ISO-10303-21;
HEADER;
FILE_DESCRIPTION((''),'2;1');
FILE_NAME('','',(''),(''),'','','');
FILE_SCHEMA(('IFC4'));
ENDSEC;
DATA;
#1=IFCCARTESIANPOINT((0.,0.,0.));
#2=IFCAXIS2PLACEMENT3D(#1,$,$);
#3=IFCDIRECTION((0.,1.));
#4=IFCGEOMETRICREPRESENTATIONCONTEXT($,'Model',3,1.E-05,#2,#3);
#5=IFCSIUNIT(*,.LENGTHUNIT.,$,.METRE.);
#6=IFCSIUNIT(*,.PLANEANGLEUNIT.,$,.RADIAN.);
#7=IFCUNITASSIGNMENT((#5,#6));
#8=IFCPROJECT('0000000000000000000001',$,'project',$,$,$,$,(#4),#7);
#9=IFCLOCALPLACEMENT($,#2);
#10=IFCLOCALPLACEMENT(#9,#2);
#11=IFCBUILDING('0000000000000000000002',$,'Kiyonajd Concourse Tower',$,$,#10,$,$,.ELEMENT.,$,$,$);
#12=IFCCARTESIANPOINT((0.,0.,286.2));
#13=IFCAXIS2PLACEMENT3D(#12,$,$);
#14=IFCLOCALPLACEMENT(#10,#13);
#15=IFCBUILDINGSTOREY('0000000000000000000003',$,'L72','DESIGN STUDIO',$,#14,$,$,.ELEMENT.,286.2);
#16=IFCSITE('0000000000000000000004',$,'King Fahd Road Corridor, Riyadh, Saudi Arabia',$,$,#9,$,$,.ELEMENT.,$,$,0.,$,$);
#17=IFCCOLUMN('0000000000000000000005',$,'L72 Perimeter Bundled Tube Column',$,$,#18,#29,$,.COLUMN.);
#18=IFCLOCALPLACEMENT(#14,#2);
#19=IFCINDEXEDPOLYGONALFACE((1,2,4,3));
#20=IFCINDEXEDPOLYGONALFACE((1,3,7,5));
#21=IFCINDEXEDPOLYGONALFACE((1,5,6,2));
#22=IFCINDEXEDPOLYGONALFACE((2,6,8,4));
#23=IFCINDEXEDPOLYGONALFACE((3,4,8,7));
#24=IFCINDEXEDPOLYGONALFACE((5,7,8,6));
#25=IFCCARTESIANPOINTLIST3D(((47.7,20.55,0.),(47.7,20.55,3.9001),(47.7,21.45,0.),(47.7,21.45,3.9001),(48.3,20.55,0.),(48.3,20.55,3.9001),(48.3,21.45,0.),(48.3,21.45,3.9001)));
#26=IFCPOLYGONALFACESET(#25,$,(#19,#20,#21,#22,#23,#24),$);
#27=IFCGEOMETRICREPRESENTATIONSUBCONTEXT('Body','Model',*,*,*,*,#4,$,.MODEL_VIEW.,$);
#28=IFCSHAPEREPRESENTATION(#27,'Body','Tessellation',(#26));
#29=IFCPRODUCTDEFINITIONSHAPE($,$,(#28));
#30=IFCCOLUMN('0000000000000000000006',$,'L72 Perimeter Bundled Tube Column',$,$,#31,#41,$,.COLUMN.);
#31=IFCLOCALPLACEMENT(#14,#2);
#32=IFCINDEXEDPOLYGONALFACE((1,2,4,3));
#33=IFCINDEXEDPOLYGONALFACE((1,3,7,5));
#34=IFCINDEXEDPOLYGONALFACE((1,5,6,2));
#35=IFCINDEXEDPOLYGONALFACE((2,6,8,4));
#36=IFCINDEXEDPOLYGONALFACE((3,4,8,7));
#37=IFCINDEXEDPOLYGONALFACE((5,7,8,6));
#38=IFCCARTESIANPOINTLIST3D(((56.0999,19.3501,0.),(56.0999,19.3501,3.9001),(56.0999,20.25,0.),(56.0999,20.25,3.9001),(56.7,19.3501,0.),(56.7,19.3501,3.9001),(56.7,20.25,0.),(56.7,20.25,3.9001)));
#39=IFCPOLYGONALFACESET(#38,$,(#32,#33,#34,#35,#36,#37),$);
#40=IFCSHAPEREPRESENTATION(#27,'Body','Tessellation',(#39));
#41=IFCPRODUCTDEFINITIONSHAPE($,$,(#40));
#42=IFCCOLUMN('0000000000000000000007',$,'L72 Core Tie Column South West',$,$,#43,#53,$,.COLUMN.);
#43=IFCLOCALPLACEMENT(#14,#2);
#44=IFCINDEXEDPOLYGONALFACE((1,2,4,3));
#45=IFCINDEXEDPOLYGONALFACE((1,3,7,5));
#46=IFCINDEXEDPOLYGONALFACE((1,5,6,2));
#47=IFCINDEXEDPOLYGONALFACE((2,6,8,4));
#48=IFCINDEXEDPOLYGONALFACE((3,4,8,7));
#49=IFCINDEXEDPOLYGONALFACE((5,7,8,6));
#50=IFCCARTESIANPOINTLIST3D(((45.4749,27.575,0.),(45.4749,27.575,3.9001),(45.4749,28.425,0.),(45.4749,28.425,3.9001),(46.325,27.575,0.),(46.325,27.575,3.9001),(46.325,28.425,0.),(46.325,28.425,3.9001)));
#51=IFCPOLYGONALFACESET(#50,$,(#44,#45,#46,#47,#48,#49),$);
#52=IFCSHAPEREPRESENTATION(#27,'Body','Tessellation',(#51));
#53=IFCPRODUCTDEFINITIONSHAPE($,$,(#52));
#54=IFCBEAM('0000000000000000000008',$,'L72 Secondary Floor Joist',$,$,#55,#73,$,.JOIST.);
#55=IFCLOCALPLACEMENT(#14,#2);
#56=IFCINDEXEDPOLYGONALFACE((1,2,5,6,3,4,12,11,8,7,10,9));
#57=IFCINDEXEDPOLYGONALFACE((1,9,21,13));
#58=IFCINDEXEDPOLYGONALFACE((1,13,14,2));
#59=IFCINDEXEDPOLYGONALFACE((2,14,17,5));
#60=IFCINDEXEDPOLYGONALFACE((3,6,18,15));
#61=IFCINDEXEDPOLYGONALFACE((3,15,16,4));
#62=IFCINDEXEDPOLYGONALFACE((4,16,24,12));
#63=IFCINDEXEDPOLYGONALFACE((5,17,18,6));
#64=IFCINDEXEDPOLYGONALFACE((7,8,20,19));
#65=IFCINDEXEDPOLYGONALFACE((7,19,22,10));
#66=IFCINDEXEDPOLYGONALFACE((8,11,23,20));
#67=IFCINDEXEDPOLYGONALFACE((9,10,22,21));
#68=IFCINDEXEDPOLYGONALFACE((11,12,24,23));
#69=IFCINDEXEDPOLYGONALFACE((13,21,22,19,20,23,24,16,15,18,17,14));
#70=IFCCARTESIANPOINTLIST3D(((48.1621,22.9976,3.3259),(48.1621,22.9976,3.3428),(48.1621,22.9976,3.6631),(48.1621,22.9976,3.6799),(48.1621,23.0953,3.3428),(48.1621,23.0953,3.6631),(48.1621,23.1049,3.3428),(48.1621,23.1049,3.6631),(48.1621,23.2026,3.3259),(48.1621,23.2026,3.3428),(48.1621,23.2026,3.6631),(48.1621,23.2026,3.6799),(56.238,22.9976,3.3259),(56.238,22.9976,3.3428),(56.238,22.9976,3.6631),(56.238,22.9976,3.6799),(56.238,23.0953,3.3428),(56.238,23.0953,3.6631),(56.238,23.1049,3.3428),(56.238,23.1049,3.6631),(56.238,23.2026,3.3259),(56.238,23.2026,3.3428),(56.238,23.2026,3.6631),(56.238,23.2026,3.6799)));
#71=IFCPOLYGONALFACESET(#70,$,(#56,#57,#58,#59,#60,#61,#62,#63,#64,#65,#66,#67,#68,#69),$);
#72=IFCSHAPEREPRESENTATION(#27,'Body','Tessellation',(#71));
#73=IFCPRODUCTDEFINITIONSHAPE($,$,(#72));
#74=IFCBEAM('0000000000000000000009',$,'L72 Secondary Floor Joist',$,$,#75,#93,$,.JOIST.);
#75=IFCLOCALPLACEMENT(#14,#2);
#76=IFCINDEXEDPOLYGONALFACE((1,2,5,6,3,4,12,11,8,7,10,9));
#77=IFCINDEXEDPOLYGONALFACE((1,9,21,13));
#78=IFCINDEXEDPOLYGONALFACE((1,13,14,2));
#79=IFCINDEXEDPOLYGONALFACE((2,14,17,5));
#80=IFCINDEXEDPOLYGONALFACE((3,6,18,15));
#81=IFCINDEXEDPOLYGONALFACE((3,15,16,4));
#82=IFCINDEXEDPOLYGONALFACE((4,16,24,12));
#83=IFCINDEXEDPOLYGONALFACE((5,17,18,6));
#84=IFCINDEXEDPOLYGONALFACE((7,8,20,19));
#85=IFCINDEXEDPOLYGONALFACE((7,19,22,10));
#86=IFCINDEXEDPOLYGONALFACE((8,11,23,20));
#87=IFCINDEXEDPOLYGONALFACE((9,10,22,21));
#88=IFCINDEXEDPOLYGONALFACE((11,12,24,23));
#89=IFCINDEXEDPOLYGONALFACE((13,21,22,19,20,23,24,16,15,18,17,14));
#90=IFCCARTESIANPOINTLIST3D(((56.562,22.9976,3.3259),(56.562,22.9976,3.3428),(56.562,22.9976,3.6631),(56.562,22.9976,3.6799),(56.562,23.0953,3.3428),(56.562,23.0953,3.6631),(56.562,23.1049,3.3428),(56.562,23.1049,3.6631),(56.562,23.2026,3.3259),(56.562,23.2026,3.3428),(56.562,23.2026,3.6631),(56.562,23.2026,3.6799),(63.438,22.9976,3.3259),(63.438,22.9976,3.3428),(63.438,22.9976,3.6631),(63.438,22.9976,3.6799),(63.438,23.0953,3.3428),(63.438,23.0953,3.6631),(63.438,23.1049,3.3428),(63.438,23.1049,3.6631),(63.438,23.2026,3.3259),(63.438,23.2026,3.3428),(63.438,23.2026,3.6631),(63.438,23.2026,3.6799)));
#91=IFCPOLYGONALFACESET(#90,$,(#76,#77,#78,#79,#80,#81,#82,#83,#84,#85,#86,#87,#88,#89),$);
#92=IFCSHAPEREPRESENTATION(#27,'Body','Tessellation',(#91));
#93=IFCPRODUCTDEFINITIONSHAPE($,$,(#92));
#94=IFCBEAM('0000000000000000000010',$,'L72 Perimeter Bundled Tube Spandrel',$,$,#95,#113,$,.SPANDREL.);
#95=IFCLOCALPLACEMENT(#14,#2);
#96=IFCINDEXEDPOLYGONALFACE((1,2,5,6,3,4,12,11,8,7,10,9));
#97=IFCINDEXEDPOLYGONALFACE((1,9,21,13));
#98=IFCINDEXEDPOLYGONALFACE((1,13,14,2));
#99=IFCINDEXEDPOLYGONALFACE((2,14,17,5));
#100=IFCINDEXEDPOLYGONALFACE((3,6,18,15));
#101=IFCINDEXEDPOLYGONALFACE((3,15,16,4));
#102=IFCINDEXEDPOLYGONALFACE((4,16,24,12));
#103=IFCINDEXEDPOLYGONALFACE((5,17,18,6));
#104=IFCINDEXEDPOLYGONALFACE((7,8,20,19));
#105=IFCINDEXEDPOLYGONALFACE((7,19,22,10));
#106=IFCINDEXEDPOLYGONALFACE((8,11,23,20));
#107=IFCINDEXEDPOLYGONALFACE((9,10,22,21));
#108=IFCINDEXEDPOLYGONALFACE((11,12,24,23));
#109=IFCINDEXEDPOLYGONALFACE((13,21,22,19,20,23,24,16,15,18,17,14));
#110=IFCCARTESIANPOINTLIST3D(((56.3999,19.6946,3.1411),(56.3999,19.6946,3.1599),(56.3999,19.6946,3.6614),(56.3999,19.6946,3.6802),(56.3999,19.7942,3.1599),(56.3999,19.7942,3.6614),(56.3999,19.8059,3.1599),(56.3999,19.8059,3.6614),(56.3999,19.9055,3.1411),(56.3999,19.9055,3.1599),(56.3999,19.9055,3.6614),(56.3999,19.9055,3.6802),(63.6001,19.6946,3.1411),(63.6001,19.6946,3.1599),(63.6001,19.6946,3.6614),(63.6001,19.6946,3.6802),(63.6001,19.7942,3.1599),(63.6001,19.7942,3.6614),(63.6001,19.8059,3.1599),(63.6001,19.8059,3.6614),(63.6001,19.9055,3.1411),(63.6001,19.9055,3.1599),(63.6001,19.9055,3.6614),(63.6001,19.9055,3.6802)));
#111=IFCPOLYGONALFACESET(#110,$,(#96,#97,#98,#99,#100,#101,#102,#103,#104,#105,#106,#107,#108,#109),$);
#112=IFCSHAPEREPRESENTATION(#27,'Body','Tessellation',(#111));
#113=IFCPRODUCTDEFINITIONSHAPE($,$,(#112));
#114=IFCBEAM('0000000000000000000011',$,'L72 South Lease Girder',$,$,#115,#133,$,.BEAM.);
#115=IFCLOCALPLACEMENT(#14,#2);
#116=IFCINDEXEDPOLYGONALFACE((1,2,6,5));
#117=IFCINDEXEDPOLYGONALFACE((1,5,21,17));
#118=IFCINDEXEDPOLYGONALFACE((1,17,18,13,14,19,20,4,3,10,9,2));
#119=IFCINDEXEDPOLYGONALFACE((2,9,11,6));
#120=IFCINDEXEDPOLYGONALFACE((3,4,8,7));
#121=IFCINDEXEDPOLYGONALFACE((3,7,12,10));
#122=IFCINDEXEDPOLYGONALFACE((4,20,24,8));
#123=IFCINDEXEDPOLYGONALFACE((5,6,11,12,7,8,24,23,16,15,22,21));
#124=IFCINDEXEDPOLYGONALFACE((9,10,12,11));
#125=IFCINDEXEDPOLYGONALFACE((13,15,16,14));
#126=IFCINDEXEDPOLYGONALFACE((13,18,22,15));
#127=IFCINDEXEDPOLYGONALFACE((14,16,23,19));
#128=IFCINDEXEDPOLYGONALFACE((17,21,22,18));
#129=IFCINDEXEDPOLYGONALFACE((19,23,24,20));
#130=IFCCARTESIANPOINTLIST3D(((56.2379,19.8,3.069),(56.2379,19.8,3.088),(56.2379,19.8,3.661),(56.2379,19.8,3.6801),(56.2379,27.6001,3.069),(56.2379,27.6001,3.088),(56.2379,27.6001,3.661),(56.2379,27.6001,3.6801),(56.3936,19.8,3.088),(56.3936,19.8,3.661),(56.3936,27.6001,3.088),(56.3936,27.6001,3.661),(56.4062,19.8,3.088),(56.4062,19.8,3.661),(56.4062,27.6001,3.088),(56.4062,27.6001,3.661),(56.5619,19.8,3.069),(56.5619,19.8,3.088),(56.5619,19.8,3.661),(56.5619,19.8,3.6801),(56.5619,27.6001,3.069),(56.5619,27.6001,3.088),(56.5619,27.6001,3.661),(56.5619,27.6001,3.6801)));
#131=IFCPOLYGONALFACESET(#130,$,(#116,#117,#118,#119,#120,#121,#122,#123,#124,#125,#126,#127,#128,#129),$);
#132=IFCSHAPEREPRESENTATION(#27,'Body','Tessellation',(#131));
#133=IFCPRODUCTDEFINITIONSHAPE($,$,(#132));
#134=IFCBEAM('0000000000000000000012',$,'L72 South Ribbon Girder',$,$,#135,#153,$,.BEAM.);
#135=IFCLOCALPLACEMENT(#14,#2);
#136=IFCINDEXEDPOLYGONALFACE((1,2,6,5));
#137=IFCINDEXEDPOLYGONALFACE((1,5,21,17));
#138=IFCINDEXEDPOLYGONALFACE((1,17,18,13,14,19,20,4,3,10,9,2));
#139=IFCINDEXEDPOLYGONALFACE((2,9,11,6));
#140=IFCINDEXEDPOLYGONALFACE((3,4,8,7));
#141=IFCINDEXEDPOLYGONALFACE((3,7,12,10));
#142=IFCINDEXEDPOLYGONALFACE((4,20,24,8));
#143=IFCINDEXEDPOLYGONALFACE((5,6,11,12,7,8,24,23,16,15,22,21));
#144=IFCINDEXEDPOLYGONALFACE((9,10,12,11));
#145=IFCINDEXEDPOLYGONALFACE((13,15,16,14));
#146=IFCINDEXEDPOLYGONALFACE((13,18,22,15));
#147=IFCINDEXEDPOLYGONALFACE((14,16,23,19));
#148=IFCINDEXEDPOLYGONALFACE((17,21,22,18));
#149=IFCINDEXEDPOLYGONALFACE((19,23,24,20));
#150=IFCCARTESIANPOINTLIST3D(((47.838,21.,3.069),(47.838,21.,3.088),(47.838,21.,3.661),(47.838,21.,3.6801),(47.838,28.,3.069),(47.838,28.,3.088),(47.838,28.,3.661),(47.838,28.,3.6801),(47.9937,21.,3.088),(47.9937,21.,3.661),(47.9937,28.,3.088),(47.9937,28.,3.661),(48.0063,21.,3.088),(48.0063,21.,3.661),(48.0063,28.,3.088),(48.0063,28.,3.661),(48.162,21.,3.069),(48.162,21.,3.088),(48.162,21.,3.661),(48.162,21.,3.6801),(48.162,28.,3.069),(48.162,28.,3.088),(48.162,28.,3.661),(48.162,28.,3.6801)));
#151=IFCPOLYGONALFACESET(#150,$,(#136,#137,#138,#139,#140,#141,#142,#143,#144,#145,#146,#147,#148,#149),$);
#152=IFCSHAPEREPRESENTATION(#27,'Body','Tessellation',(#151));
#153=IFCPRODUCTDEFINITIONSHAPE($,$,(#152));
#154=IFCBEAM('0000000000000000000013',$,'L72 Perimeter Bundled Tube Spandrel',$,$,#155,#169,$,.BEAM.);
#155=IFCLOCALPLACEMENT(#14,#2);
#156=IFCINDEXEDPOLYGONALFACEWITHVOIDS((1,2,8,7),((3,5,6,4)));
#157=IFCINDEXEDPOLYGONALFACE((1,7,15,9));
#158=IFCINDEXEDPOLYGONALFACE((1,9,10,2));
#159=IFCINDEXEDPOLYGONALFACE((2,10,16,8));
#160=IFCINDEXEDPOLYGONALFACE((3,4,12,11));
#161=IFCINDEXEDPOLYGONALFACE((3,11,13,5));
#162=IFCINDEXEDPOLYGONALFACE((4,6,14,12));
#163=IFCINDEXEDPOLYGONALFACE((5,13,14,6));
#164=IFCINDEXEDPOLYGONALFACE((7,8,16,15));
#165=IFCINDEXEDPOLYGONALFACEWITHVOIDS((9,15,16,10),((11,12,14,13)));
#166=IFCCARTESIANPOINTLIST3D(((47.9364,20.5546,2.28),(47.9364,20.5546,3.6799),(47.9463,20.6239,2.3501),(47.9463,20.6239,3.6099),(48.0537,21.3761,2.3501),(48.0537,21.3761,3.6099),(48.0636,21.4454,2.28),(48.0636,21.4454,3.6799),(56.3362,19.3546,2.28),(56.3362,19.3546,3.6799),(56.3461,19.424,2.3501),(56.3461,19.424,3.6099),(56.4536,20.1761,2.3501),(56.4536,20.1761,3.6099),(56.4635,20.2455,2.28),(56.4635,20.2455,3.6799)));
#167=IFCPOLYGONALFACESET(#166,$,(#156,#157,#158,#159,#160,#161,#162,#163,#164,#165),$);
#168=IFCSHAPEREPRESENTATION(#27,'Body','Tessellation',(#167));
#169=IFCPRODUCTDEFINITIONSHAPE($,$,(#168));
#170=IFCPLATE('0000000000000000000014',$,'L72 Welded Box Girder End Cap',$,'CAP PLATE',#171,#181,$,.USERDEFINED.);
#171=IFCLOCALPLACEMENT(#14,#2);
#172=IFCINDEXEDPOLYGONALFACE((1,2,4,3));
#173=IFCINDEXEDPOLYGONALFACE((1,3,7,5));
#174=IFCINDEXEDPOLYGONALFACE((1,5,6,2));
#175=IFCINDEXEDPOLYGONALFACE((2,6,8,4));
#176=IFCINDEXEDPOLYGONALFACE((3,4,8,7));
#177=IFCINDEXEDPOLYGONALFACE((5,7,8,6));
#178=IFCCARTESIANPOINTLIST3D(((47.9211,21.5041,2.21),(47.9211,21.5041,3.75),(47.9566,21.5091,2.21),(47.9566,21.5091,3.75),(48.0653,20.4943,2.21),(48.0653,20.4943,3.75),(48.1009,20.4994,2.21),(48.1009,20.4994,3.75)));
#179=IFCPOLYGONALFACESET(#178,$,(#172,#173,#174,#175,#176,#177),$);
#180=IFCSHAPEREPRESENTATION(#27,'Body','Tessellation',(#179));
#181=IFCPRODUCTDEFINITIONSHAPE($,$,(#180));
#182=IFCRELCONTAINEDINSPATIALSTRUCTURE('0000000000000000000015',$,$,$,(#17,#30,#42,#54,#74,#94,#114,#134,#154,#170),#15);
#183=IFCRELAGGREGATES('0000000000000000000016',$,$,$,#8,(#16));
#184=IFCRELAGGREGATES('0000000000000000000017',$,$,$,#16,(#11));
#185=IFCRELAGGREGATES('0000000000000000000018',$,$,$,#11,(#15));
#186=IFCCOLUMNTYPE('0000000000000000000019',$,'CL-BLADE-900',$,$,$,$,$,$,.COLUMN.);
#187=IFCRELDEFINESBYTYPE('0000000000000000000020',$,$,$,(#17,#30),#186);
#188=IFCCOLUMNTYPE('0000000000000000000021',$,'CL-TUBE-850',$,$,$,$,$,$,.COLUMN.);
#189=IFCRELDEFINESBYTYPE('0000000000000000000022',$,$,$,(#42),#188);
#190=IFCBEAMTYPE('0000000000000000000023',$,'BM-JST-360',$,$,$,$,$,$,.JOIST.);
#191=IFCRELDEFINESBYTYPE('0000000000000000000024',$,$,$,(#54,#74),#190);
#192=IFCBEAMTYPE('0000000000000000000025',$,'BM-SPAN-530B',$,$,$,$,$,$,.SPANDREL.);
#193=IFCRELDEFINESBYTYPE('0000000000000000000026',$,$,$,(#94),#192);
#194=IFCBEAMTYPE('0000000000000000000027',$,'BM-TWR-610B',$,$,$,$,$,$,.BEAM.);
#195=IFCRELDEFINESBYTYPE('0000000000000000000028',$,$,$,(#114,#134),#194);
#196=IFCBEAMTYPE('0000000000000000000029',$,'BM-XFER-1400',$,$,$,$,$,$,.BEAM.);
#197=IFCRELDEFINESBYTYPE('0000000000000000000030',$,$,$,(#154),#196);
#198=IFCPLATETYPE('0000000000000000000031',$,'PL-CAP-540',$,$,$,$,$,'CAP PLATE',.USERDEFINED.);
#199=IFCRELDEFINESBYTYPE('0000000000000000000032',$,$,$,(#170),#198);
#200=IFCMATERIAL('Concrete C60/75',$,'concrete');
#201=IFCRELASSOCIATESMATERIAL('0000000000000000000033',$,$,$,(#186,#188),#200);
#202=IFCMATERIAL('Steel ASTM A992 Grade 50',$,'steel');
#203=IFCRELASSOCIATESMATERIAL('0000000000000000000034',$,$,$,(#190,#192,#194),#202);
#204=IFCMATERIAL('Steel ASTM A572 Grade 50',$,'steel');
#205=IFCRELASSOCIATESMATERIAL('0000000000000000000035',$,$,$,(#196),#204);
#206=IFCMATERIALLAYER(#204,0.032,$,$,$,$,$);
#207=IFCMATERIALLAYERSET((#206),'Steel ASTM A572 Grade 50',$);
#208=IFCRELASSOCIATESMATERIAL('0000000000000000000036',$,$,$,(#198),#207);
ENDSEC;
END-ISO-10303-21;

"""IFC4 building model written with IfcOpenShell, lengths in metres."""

from ifc_helpers import new_model, si_unit, direction, frame, origin, origin_2d, place, context, subcontext, project, spatial, rectangle, hollow_rectangle, i_section, extrude, material, layer, layer_set, material_profile, profile_set, type_object, element, save


model = new_model("IFC4")

# Units and contexts
model_context = context("Model", 3, precision=1e-05, world=origin(), true_north=direction((0.0, 1.0)))
body_context = subcontext(model_context, "Body", "Model", "MODEL_VIEW")
ifc_project = project(units=[si_unit("LENGTHUNIT", "METRE"), si_unit("PLANEANGLEUNIT", "RADIAN")], contexts=[model_context])

# Site, building, storey
site_placement = place(None, origin())
site = spatial("IfcSite", under=ifc_project, at=site_placement, Name="King Fahd Road Corridor, Riyadh, Saudi Arabia", CompositionType="ELEMENT", RefElevation=0.0)
building_placement = place(site_placement, origin())
building = spatial("IfcBuilding", under=site, at=building_placement, Name="Kiyonajd Concourse Tower", CompositionType="ELEMENT")
storey_placement = place(building_placement, frame((0.0, 0.0, 286.2)))
storey = spatial("IfcBuildingStorey", under=building, at=storey_placement, Name="L72", Description="DESIGN STUDIO", CompositionType="ELEMENT", Elevation=286.2)

# Columns
ifc_material_1 = material(Name="Concrete C60/75", Category="concrete")
ifc_material_profile_1 = material_profile(ifc_material_1, rectangle(XDim=0.6001, YDim=0.8999, at=origin_2d()), Name="RC-900x600")
ifc_profile_set_1 = profile_set([ifc_material_profile_1], Name="Concrete C60/75")
column_type_1 = type_object("IfcColumnType", Name="CL-BLADE-900", PredefinedType="COLUMN", material=ifc_profile_set_1)
for number, where, z_axis, x_axis, name in (
    (1, (48.0, 21.0, 0.0), (0.0, 0.0, 1.0), (1.0, 0.0, 0.0), "L72 Perimeter Bundled Tube Column"),
    (2, (56.3999, 19.8, 0.0), (0.0, 0.0, 1.0), (1.0, 0.0, 0.0), "L72 Perimeter Bundled Tube Column"),
):
    element("IfcColumn", number, at=place(storey_placement, frame(where, z_axis=z_axis, x_axis=x_axis)), inside=storey, type_object=column_type_1, Name=name, PredefinedType="COLUMN", context=body_context, shape_type="SweptSolid", body=[
        extrude(rectangle(XDim=0.6001, YDim=0.8999, at=origin_2d()), origin(), (0.0, 0.0, 1.0), 3.9001),
    ])
ifc_material_profile_2 = material_profile(ifc_material_1, rectangle(XDim=0.8501, YDim=0.8501, at=origin_2d()), Name="RC-850x850")
ifc_profile_set_2 = profile_set([ifc_material_profile_2], Name="Concrete C60/75")
column_type_2 = type_object("IfcColumnType", Name="CL-TUBE-850", PredefinedType="COLUMN", material=ifc_profile_set_2)
column_placement = place(storey_placement, frame((45.8999, 28.0, 0.0), z_axis=(0.0, 0.0, 1.0), x_axis=(1.0, 0.0, 0.0)))
element("IfcColumn", 3, at=column_placement, inside=storey, type_object=column_type_2, Name="L72 Core Tie Column South West", PredefinedType="COLUMN", context=body_context, shape_type="SweptSolid", body=[
    extrude(rectangle(XDim=0.8501, YDim=0.8501, at=origin_2d()), origin(), (0.0, 0.0, 1.0), 3.9001),
])

# Beams
ifc_material_2 = material(Name="Steel ASTM A992 Grade 50", Category="steel")
ifc_material_profile_3 = material_profile(ifc_material_2, i_section(OverallWidth=0.2051, OverallDepth=0.354, WebThickness=0.0095, FlangeThickness=0.0168, at=origin_2d()), Name="W360X79")
ifc_profile_set_3 = profile_set([ifc_material_profile_3], Name="Steel ASTM A992 Grade 50")
beam_type_1 = type_object("IfcBeamType", Name="BM-JST-360", PredefinedType="JOIST", material=ifc_profile_set_3)
beam_1_placement = place(storey_placement, frame((48.1621, 23.1001, 3.5029), z_axis=(1.0, 0.0, 0.0), x_axis=(0.0, 1.0, 0.0)))
element("IfcBeam", 4, at=beam_1_placement, inside=storey, type_object=beam_type_1, Name="L72 Secondary Floor Joist", PredefinedType="JOIST", context=body_context, shape_type="SweptSolid", body=[
    extrude(i_section(OverallWidth=0.2051, OverallDepth=0.354, WebThickness=0.0095, FlangeThickness=0.0168, at=origin_2d()), origin(), (0.0, 0.0, 1.0), 8.0759),
])
beam_2_placement = place(storey_placement, frame((56.562, 23.1001, 3.5029), z_axis=(1.0, 0.0, 0.0), x_axis=(0.0, 1.0, 0.0)))
element("IfcBeam", 5, at=beam_2_placement, inside=storey, type_object=beam_type_1, Name="L72 Secondary Floor Joist", PredefinedType="JOIST", context=body_context, shape_type="SweptSolid", body=[
    extrude(i_section(OverallWidth=0.2051, OverallDepth=0.354, WebThickness=0.0095, FlangeThickness=0.0168, at=origin_2d()), origin(), (0.0, 0.0, 1.0), 6.876),
])
ifc_material_profile_4 = material_profile(ifc_material_2, i_section(OverallWidth=0.2109, OverallDepth=0.5391, WebThickness=0.0117, FlangeThickness=0.0188, at=origin_2d()), Name="W530X109")
ifc_profile_set_4 = profile_set([ifc_material_profile_4], Name="Steel ASTM A992 Grade 50")
beam_type_2 = type_object("IfcBeamType", Name="BM-SPAN-530B", PredefinedType="SPANDREL", material=ifc_profile_set_4)
beam_3_placement = place(storey_placement, frame((56.3999, 19.8, 3.4106), z_axis=(1.0, 0.0, 0.0), x_axis=(0.0, 1.0, 0.0)))
element("IfcBeam", 6, at=beam_3_placement, inside=storey, type_object=beam_type_2, Name="L72 Perimeter Bundled Tube Spandrel", PredefinedType="SPANDREL", context=body_context, shape_type="SweptSolid", body=[
    extrude(i_section(OverallWidth=0.2109, OverallDepth=0.5391, WebThickness=0.0117, FlangeThickness=0.0188, at=origin_2d()), origin(), (0.0, 0.0, 1.0), 7.2002),
])
ifc_material_profile_5 = material_profile(ifc_material_2, i_section(OverallWidth=0.324, OverallDepth=0.6111, WebThickness=0.0127, FlangeThickness=0.019, at=origin_2d()), Name="W610X155")
ifc_profile_set_5 = profile_set([ifc_material_profile_5], Name="Steel ASTM A992 Grade 50")
beam_type_3 = type_object("IfcBeamType", Name="BM-TWR-610B", PredefinedType="BEAM", material=ifc_profile_set_5)
beam_4_placement = place(storey_placement, frame((56.3999, 19.8, 3.3745), z_axis=(0.0, 1.0, 0.0), x_axis=(-1.0, 0.0, 0.0)))
element("IfcBeam", 7, at=beam_4_placement, inside=storey, type_object=beam_type_3, Name="L72 South Lease Girder", PredefinedType="BEAM", context=body_context, shape_type="SweptSolid", body=[
    extrude(i_section(OverallWidth=0.324, OverallDepth=0.6111, WebThickness=0.0127, FlangeThickness=0.019, at=origin_2d()), origin(), (0.0, 0.0, 1.0), 7.8),
])
beam_5_placement = place(storey_placement, frame((48.0, 21.0, 3.3745), z_axis=(0.0, 1.0, 0.0), x_axis=(-1.0, 0.0, 0.0)))
element("IfcBeam", 8, at=beam_5_placement, inside=storey, type_object=beam_type_3, Name="L72 South Ribbon Girder", PredefinedType="BEAM", context=body_context, shape_type="SweptSolid", body=[
    extrude(i_section(OverallWidth=0.324, OverallDepth=0.6111, WebThickness=0.0127, FlangeThickness=0.019, at=origin_2d()), origin(), (0.0, 0.0, 1.0), 7.0),
])
ifc_material_3 = material(Name="Steel ASTM A572 Grade 50", Category="steel")
ifc_material_profile_6 = material_profile(ifc_material_3, hollow_rectangle(XDim=0.8999, YDim=1.3999, WallThickness=0.0701, at=origin_2d()), Name="BOX-1400x900x70")
ifc_profile_set_6 = profile_set([ifc_material_profile_6], Name="Steel ASTM A572 Grade 50")
beam_type_4 = type_object("IfcBeamType", Name="BM-XFER-1400", PredefinedType="BEAM", material=ifc_profile_set_6)
beam_6_placement = place(storey_placement, frame((48.0, 21.0, 2.98), z_axis=(0.98995, -0.141417, 0.0), x_axis=(0.141417, 0.98995, 0.0)))
element("IfcBeam", 9, at=beam_6_placement, inside=storey, type_object=beam_type_4, Name="L72 Perimeter Bundled Tube Spandrel", PredefinedType="BEAM", context=body_context, shape_type="SweptSolid", body=[
    extrude(hollow_rectangle(XDim=0.8999, YDim=1.3999, WallThickness=0.0701, at=origin_2d()), origin(), (0.0, 0.0, 1.0), 8.4851),
])

# Plate
ifc_layer_1 = layer(ifc_material_3, 0.032)
ifc_layer_set_1 = layer_set([ifc_layer_1], Name="Steel ASTM A572 Grade 50")
plate_type_1 = type_object("IfcPlateType", Name="PL-CAP-540", ElementType="CAP PLATE", PredefinedType="USERDEFINED", material=ifc_layer_set_1)
for number, where, z_axis, x_axis, name in (
    (10, (48.011, 21.0017, 2.21), (0.0, 0.0, 1.0), (0.98995, 0.14142, 0.0), "L72 Welded Box Girder End Cap"),
):
    element("IfcPlate", number, at=place(storey_placement, frame(where, z_axis=z_axis, x_axis=x_axis)), inside=storey, type_object=plate_type_1, Name=name, ObjectType="CAP PLATE", PredefinedType="USERDEFINED", context=body_context, shape_type="SweptSolid", body=[
        extrude(rectangle(XDim=0.0359, YDim=1.02, at=origin_2d()), origin(), (0.0, 0.0, 1.0), 1.54),
    ])

save(model, "model.ifc")
